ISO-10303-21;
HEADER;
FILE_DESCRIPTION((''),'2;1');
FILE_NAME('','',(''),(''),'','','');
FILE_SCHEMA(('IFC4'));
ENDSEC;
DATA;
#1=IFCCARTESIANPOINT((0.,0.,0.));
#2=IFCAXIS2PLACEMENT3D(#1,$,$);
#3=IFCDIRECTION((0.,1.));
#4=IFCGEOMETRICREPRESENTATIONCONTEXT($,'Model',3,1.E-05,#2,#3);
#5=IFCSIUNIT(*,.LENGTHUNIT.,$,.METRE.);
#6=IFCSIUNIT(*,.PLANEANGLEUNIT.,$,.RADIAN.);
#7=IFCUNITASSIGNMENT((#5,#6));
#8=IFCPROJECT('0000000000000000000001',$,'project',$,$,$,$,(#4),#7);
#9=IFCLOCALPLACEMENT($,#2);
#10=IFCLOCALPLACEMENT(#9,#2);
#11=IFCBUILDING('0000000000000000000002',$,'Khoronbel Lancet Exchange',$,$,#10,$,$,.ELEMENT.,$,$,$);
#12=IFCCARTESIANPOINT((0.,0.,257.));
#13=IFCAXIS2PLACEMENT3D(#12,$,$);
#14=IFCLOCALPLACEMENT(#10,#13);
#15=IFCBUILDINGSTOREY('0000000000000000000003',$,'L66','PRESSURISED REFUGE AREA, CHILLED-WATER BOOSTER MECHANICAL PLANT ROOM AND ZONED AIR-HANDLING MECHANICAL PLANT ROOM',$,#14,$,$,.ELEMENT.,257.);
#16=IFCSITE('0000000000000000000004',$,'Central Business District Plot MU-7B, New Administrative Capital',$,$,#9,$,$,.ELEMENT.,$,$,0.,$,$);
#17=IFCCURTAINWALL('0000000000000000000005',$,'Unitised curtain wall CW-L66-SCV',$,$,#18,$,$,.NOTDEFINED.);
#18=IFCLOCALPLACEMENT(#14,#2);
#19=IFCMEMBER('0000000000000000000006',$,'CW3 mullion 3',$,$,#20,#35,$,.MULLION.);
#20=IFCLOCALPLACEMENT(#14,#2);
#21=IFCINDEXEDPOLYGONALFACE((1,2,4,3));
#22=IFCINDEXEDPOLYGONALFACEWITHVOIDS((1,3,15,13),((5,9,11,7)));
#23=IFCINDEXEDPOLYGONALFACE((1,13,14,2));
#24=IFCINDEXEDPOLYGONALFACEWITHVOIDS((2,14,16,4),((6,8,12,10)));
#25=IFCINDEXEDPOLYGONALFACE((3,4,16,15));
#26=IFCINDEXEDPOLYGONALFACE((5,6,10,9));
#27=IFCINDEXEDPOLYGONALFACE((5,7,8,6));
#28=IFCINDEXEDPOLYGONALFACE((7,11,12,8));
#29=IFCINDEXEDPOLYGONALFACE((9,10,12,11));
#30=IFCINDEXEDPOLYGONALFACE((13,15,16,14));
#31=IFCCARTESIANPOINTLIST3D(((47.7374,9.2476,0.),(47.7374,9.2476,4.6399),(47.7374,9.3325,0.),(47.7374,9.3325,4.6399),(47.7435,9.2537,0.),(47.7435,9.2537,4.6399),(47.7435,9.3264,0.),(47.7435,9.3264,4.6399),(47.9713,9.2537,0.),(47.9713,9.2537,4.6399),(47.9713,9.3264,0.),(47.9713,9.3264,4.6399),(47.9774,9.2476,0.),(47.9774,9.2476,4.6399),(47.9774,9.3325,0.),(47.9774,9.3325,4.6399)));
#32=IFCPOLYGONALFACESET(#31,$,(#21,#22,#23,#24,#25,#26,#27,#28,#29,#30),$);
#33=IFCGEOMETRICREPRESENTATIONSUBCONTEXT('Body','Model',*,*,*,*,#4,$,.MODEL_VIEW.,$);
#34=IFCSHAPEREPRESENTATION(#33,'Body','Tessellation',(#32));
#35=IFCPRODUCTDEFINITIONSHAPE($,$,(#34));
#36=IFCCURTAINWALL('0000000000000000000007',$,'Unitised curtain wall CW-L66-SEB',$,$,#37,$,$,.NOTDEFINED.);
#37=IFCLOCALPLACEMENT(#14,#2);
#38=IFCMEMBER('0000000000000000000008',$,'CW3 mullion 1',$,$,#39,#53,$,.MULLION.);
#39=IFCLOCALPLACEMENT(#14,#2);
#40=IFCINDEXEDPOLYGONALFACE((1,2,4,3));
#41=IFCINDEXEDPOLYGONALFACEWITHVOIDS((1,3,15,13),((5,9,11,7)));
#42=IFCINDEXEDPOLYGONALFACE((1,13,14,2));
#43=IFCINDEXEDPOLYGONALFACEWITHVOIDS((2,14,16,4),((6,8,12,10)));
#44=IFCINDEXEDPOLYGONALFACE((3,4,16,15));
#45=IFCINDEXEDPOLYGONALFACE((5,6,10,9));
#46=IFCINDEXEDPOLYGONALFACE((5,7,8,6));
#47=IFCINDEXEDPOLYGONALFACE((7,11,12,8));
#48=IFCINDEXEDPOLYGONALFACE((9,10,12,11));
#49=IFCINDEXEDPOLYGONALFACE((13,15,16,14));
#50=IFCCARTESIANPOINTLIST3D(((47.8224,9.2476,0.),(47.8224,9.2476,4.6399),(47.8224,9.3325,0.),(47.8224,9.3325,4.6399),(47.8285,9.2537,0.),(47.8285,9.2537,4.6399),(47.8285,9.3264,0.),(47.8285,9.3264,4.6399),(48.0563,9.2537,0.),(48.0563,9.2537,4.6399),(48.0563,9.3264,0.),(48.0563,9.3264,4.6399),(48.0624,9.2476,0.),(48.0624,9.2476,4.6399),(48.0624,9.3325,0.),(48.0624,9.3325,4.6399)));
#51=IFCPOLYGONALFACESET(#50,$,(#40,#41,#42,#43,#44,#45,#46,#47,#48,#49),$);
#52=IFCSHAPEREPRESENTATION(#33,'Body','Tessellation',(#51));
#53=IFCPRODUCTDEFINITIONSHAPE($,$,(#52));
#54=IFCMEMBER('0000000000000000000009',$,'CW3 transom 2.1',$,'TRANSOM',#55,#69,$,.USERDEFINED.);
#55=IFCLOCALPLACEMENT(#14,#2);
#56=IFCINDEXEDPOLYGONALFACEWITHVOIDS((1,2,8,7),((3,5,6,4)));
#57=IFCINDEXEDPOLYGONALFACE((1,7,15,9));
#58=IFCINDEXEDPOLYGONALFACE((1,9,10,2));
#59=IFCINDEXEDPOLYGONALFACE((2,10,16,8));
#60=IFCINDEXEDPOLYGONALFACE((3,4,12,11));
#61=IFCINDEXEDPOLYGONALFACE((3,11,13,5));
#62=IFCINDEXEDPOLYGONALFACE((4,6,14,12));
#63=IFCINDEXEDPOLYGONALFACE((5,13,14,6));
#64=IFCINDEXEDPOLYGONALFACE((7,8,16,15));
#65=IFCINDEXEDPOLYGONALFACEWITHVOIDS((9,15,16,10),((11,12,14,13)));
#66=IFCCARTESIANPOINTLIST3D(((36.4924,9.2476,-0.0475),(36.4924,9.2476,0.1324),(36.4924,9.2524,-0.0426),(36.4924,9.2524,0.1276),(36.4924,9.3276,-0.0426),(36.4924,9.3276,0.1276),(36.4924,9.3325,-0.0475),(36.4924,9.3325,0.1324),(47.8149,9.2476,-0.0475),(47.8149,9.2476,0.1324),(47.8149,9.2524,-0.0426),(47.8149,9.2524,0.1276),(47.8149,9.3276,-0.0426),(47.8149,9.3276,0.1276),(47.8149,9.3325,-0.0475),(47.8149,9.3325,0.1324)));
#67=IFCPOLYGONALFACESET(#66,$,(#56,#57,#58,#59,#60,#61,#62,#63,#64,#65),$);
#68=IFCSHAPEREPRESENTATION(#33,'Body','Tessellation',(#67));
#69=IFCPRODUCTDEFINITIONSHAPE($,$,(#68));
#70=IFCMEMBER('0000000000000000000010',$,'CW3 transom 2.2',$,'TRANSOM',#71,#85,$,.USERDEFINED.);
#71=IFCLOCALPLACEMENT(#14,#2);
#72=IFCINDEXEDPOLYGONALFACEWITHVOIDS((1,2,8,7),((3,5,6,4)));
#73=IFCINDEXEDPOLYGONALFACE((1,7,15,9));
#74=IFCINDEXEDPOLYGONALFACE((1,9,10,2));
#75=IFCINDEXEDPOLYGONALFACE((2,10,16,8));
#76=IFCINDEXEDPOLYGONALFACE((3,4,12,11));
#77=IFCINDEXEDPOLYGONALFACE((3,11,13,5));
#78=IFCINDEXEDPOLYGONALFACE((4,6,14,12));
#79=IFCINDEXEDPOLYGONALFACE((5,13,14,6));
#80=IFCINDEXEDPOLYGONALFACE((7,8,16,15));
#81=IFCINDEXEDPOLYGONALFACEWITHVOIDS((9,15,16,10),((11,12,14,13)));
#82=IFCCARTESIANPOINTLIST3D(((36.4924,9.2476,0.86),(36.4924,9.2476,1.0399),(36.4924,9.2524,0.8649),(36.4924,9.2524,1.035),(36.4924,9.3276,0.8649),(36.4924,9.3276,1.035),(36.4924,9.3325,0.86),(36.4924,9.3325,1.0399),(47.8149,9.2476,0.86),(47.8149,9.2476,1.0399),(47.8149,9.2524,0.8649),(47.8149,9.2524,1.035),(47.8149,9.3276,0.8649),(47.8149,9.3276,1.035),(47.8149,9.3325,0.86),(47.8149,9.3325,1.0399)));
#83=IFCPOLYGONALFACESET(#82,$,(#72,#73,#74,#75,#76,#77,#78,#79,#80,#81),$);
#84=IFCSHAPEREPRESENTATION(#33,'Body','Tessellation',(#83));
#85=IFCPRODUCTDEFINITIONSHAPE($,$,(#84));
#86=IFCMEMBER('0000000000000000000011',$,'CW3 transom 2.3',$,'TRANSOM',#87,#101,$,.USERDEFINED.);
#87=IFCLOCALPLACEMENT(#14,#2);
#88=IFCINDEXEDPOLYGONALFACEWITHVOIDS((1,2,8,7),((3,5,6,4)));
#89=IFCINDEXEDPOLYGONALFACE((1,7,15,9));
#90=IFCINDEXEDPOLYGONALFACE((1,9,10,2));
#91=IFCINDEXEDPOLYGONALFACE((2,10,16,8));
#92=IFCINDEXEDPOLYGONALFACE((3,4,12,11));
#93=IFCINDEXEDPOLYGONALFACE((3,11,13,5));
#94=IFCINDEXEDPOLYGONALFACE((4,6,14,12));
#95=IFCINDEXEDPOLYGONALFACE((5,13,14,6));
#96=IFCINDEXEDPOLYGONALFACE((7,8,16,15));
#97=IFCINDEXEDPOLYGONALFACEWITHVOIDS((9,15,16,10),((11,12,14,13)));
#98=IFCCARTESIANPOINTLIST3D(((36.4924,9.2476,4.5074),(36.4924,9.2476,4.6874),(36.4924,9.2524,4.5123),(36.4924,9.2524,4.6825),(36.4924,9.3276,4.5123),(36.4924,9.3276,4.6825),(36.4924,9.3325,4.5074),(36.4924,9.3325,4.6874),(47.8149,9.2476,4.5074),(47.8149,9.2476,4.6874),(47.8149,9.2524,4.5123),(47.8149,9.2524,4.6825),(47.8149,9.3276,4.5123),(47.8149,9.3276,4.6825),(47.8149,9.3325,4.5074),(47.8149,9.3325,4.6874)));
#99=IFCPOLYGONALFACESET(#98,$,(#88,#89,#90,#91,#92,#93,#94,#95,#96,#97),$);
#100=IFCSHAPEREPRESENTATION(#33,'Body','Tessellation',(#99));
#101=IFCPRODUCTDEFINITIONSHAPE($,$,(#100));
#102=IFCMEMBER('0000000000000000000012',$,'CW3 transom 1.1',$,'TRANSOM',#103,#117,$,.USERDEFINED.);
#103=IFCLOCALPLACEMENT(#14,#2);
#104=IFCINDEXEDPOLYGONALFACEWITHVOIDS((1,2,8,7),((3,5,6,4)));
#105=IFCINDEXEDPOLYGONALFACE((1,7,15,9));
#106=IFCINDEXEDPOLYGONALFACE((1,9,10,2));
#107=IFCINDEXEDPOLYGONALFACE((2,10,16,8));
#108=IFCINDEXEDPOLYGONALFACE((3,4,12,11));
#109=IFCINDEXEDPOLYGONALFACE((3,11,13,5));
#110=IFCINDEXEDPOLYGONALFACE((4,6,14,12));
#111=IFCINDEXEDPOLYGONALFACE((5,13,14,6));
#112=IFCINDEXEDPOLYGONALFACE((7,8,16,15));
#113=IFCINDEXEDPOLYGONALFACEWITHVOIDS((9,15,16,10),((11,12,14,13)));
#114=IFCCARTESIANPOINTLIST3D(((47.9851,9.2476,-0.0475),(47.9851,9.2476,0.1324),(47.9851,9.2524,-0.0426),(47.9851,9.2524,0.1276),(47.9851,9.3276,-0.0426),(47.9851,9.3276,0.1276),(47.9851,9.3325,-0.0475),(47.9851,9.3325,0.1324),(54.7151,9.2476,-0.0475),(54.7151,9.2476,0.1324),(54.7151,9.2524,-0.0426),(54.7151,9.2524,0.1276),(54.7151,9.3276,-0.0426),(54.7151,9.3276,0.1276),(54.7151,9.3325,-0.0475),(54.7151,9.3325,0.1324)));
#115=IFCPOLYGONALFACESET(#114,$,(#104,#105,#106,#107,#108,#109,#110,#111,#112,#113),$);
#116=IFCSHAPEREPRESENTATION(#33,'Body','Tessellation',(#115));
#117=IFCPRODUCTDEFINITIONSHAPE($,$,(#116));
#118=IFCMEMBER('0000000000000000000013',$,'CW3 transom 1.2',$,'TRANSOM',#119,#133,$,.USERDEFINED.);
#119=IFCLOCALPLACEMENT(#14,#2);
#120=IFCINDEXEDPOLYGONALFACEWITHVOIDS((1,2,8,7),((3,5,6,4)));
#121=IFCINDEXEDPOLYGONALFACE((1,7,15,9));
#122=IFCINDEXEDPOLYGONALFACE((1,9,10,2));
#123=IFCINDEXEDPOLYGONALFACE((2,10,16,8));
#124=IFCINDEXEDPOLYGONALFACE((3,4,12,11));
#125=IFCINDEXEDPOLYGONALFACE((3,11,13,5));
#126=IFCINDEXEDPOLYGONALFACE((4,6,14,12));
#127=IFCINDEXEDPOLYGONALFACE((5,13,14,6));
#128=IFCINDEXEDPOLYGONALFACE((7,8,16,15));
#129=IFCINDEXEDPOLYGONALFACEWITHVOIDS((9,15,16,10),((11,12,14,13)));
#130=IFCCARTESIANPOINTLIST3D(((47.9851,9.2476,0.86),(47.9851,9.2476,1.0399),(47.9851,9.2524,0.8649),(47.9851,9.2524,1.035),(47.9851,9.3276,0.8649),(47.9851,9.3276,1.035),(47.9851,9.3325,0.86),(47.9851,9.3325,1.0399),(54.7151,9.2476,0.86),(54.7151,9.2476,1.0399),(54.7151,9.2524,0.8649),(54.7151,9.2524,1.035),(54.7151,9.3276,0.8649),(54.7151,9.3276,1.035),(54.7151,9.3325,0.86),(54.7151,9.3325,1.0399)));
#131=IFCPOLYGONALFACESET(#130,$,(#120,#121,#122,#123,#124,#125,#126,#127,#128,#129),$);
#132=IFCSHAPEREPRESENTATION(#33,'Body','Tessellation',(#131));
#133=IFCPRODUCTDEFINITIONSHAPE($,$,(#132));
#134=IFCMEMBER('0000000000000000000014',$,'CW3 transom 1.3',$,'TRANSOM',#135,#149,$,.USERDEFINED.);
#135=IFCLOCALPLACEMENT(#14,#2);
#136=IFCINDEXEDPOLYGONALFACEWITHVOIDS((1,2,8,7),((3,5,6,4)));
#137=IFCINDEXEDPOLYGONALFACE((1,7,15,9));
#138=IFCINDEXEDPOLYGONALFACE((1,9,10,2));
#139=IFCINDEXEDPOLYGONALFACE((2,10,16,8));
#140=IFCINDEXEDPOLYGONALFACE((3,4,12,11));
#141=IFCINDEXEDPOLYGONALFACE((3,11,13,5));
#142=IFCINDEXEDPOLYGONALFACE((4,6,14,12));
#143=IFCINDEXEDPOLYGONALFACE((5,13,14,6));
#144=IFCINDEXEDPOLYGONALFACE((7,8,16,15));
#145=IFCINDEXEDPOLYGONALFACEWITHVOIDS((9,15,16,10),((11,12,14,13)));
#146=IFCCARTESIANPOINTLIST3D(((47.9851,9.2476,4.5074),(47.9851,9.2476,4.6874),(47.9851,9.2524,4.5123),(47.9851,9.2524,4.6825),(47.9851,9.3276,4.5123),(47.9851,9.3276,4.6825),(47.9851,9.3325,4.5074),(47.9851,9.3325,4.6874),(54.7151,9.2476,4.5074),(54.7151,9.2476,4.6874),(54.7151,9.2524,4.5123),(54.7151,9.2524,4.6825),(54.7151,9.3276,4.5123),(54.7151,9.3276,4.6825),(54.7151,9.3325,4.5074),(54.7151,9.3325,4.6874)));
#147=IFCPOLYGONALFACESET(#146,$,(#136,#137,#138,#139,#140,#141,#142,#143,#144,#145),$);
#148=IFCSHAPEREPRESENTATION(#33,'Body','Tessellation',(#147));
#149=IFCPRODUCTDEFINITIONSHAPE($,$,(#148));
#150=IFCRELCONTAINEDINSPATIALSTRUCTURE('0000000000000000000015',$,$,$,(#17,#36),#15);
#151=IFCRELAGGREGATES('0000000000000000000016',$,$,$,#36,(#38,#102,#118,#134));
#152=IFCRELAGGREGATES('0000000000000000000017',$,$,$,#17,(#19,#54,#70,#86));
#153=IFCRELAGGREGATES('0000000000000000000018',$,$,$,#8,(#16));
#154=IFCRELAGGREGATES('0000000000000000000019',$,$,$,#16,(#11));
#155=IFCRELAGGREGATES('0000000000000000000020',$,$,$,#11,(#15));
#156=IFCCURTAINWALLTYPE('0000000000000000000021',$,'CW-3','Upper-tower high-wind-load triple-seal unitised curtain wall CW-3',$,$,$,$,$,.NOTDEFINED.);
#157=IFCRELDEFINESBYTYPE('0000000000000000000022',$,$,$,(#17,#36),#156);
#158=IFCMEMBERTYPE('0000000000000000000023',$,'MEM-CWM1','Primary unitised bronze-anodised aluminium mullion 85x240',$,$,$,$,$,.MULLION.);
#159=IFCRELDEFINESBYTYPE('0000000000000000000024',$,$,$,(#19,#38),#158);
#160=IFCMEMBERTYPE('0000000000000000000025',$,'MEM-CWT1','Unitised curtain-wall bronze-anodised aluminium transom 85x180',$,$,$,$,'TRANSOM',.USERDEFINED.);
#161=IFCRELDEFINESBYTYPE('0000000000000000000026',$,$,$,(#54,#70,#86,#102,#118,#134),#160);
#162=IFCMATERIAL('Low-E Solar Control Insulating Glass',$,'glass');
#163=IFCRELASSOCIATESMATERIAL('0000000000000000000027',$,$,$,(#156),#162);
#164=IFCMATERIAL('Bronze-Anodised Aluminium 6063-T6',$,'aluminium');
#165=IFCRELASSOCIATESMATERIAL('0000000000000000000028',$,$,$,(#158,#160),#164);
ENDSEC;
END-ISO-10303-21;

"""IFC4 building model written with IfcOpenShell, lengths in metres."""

from ifc_helpers import new_model, si_unit, direction, frame, origin, origin_2d, place, context, subcontext, project, spatial, hollow_rectangle, extrude, material, material_profile, profile_set, type_object, element, aggregate, save


model = new_model("IFC4")

# Units and contexts
model_context = context("Model", 3, precision=1e-05, world=origin(), true_north=direction((0.0, 1.0)))
body_context = subcontext(model_context, "Body", "Model", "MODEL_VIEW")
ifc_project = project(units=[si_unit("LENGTHUNIT", "METRE"), si_unit("PLANEANGLEUNIT", "RADIAN")], contexts=[model_context])

# Site, building, storey
site_placement = place(None, origin())
site = spatial("IfcSite", under=ifc_project, at=site_placement, Name="Central Business District Plot MU-7B, New Administrative Capital", CompositionType="ELEMENT", RefElevation=0.0)
building_placement = place(site_placement, origin())
building = spatial("IfcBuilding", under=site, at=building_placement, Name="Khoronbel Lancet Exchange", CompositionType="ELEMENT")
storey_placement = place(building_placement, frame((0.0, 0.0, 257.0)))
storey = spatial("IfcBuildingStorey", under=building, at=storey_placement, Name="L66", Description="PRESSURISED REFUGE AREA, CHILLED-WATER BOOSTER MECHANICAL PLANT ROOM AND ZONED AIR-HANDLING MECHANICAL PLANT ROOM", CompositionType="ELEMENT", Elevation=257.0)

# Curtain wall, member
ifc_material_1 = material(Name="Low-E Solar Control Insulating Glass", Category="glass")
curtain_wall_type = type_object("IfcCurtainWallType", Name="CW-3", Description="Upper-tower high-wind-load triple-seal unitised curtain wall CW-3", PredefinedType="NOTDEFINED", material=ifc_material_1)
curtain_wall_1_placement = place(storey_placement, origin())
curtain_wall_1 = element("IfcCurtainWall", 1, at=curtain_wall_1_placement, inside=storey, type_object=curtain_wall_type, Name="Unitised curtain wall CW-L66-SCV", PredefinedType="NOTDEFINED")
ifc_material_2 = material(Name="Bronze-Anodised Aluminium 6063-T6", Category="aluminium")
ifc_material_profile_1 = material_profile(ifc_material_2, hollow_rectangle(XDim=0.085, YDim=0.24, WallThickness=0.0061, at=origin_2d()), Name="ALU MULLION 85x240")
ifc_profile_set_1 = profile_set([ifc_material_profile_1], Name="Bronze-Anodised Aluminium 6063-T6")
member_type_1 = type_object("IfcMemberType", Name="MEM-CWM1", Description="Primary unitised bronze-anodised aluminium mullion 85x240", PredefinedType="MULLION", material=ifc_profile_set_1)
member_1_placement = place(storey_placement, frame((47.8574, 9.29, 0.0), z_axis=(0.0, 0.0, 1.0), x_axis=(0.0, 1.0, 0.0)))
member_1 = element("IfcMember", 2, at=member_1_placement, type_object=member_type_1, Name="CW3 mullion 3", PredefinedType="MULLION", context=body_context, shape_type="SweptSolid", body=[
    extrude(hollow_rectangle(XDim=0.085, YDim=0.24, WallThickness=0.0061, at=origin_2d()), origin(), (0.0, 0.0, 1.0), 4.6399),
])

# Curtain wall, member
curtain_wall_2_placement = place(storey_placement, origin())
curtain_wall_2 = element("IfcCurtainWall", 3, at=curtain_wall_2_placement, inside=storey, type_object=curtain_wall_type, Name="Unitised curtain wall CW-L66-SEB", PredefinedType="NOTDEFINED")
member_2_placement = place(storey_placement, frame((47.9424, 9.29, 0.0), z_axis=(0.0, 0.0, 1.0), x_axis=(0.0, 1.0, 0.0)))
member_2 = element("IfcMember", 4, at=member_2_placement, type_object=member_type_1, Name="CW3 mullion 1", PredefinedType="MULLION", context=body_context, shape_type="SweptSolid", body=[
    extrude(hollow_rectangle(XDim=0.085, YDim=0.24, WallThickness=0.0061, at=origin_2d()), origin(), (0.0, 0.0, 1.0), 4.6399),
])

# Members
ifc_material_profile_2 = material_profile(ifc_material_2, hollow_rectangle(XDim=0.085, YDim=0.1799, WallThickness=0.0049, at=origin_2d()), Name="ALU TRANSOM 85x180")
ifc_profile_set_2 = profile_set([ifc_material_profile_2], Name="Bronze-Anodised Aluminium 6063-T6")
member_type_2 = type_object("IfcMemberType", Name="MEM-CWT1", Description="Unitised curtain-wall bronze-anodised aluminium transom 85x180", ElementType="TRANSOM", PredefinedType="USERDEFINED", material=ifc_profile_set_2)
member_3_placement = place(storey_placement, frame((36.4924, 9.29, 0.0425), z_axis=(1.0, 0.0, 0.0), x_axis=(0.0, 1.0, 0.0)))
member_3 = element("IfcMember", 5, at=member_3_placement, type_object=member_type_2, Name="CW3 transom 2.1", ObjectType="TRANSOM", PredefinedType="USERDEFINED", context=body_context, shape_type="SweptSolid", body=[
    extrude(hollow_rectangle(XDim=0.085, YDim=0.1799, WallThickness=0.0049, at=origin_2d()), origin(), (0.0, 0.0, 1.0), 11.3225),
])
member_4_placement = place(storey_placement, frame((36.4924, 9.29, 0.95), z_axis=(1.0, 0.0, 0.0), x_axis=(0.0, 1.0, 0.0)))
member_4 = element("IfcMember", 6, at=member_4_placement, type_object=member_type_2, Name="CW3 transom 2.2", ObjectType="TRANSOM", PredefinedType="USERDEFINED", context=body_context, shape_type="SweptSolid", body=[
    extrude(hollow_rectangle(XDim=0.085, YDim=0.1799, WallThickness=0.0049, at=origin_2d()), origin(), (0.0, 0.0, 1.0), 11.3225),
])
member_5_placement = place(storey_placement, frame((36.4924, 9.29, 4.5974), z_axis=(1.0, 0.0, 0.0), x_axis=(0.0, 1.0, 0.0)))
member_5 = element("IfcMember", 7, at=member_5_placement, type_object=member_type_2, Name="CW3 transom 2.3", ObjectType="TRANSOM", PredefinedType="USERDEFINED", context=body_context, shape_type="SweptSolid", body=[
    extrude(hollow_rectangle(XDim=0.085, YDim=0.1799, WallThickness=0.0049, at=origin_2d()), origin(), (0.0, 0.0, 1.0), 11.3225),
])
member_6_placement = place(storey_placement, frame((47.9851, 9.29, 0.0425), z_axis=(1.0, 0.0, 0.0), x_axis=(0.0, 1.0, 0.0)))
member_6 = element("IfcMember", 8, at=member_6_placement, type_object=member_type_2, Name="CW3 transom 1.1", ObjectType="TRANSOM", PredefinedType="USERDEFINED", context=body_context, shape_type="SweptSolid", body=[
    extrude(hollow_rectangle(XDim=0.085, YDim=0.1799, WallThickness=0.0049, at=origin_2d()), origin(), (0.0, 0.0, 1.0), 6.73),
])
member_7_placement = place(storey_placement, frame((47.9851, 9.29, 0.95), z_axis=(1.0, 0.0, 0.0), x_axis=(0.0, 1.0, 0.0)))
member_7 = element("IfcMember", 9, at=member_7_placement, type_object=member_type_2, Name="CW3 transom 1.2", ObjectType="TRANSOM", PredefinedType="USERDEFINED", context=body_context, shape_type="SweptSolid", body=[
    extrude(hollow_rectangle(XDim=0.085, YDim=0.1799, WallThickness=0.0049, at=origin_2d()), origin(), (0.0, 0.0, 1.0), 6.73),
])
member_8_placement = place(storey_placement, frame((47.9851, 9.29, 4.5974), z_axis=(1.0, 0.0, 0.0), x_axis=(0.0, 1.0, 0.0)))
member_8 = element("IfcMember", 10, at=member_8_placement, type_object=member_type_2, Name="CW3 transom 1.3", ObjectType="TRANSOM", PredefinedType="USERDEFINED", context=body_context, shape_type="SweptSolid", body=[
    extrude(hollow_rectangle(XDim=0.085, YDim=0.1799, WallThickness=0.0049, at=origin_2d()), origin(), (0.0, 0.0, 1.0), 6.73),
])
aggregate(curtain_wall_2, [member_2, member_6, member_7, member_8])

aggregate(curtain_wall_1, [member_1, member_3, member_4, member_5])

save(model, "model.ifc")
